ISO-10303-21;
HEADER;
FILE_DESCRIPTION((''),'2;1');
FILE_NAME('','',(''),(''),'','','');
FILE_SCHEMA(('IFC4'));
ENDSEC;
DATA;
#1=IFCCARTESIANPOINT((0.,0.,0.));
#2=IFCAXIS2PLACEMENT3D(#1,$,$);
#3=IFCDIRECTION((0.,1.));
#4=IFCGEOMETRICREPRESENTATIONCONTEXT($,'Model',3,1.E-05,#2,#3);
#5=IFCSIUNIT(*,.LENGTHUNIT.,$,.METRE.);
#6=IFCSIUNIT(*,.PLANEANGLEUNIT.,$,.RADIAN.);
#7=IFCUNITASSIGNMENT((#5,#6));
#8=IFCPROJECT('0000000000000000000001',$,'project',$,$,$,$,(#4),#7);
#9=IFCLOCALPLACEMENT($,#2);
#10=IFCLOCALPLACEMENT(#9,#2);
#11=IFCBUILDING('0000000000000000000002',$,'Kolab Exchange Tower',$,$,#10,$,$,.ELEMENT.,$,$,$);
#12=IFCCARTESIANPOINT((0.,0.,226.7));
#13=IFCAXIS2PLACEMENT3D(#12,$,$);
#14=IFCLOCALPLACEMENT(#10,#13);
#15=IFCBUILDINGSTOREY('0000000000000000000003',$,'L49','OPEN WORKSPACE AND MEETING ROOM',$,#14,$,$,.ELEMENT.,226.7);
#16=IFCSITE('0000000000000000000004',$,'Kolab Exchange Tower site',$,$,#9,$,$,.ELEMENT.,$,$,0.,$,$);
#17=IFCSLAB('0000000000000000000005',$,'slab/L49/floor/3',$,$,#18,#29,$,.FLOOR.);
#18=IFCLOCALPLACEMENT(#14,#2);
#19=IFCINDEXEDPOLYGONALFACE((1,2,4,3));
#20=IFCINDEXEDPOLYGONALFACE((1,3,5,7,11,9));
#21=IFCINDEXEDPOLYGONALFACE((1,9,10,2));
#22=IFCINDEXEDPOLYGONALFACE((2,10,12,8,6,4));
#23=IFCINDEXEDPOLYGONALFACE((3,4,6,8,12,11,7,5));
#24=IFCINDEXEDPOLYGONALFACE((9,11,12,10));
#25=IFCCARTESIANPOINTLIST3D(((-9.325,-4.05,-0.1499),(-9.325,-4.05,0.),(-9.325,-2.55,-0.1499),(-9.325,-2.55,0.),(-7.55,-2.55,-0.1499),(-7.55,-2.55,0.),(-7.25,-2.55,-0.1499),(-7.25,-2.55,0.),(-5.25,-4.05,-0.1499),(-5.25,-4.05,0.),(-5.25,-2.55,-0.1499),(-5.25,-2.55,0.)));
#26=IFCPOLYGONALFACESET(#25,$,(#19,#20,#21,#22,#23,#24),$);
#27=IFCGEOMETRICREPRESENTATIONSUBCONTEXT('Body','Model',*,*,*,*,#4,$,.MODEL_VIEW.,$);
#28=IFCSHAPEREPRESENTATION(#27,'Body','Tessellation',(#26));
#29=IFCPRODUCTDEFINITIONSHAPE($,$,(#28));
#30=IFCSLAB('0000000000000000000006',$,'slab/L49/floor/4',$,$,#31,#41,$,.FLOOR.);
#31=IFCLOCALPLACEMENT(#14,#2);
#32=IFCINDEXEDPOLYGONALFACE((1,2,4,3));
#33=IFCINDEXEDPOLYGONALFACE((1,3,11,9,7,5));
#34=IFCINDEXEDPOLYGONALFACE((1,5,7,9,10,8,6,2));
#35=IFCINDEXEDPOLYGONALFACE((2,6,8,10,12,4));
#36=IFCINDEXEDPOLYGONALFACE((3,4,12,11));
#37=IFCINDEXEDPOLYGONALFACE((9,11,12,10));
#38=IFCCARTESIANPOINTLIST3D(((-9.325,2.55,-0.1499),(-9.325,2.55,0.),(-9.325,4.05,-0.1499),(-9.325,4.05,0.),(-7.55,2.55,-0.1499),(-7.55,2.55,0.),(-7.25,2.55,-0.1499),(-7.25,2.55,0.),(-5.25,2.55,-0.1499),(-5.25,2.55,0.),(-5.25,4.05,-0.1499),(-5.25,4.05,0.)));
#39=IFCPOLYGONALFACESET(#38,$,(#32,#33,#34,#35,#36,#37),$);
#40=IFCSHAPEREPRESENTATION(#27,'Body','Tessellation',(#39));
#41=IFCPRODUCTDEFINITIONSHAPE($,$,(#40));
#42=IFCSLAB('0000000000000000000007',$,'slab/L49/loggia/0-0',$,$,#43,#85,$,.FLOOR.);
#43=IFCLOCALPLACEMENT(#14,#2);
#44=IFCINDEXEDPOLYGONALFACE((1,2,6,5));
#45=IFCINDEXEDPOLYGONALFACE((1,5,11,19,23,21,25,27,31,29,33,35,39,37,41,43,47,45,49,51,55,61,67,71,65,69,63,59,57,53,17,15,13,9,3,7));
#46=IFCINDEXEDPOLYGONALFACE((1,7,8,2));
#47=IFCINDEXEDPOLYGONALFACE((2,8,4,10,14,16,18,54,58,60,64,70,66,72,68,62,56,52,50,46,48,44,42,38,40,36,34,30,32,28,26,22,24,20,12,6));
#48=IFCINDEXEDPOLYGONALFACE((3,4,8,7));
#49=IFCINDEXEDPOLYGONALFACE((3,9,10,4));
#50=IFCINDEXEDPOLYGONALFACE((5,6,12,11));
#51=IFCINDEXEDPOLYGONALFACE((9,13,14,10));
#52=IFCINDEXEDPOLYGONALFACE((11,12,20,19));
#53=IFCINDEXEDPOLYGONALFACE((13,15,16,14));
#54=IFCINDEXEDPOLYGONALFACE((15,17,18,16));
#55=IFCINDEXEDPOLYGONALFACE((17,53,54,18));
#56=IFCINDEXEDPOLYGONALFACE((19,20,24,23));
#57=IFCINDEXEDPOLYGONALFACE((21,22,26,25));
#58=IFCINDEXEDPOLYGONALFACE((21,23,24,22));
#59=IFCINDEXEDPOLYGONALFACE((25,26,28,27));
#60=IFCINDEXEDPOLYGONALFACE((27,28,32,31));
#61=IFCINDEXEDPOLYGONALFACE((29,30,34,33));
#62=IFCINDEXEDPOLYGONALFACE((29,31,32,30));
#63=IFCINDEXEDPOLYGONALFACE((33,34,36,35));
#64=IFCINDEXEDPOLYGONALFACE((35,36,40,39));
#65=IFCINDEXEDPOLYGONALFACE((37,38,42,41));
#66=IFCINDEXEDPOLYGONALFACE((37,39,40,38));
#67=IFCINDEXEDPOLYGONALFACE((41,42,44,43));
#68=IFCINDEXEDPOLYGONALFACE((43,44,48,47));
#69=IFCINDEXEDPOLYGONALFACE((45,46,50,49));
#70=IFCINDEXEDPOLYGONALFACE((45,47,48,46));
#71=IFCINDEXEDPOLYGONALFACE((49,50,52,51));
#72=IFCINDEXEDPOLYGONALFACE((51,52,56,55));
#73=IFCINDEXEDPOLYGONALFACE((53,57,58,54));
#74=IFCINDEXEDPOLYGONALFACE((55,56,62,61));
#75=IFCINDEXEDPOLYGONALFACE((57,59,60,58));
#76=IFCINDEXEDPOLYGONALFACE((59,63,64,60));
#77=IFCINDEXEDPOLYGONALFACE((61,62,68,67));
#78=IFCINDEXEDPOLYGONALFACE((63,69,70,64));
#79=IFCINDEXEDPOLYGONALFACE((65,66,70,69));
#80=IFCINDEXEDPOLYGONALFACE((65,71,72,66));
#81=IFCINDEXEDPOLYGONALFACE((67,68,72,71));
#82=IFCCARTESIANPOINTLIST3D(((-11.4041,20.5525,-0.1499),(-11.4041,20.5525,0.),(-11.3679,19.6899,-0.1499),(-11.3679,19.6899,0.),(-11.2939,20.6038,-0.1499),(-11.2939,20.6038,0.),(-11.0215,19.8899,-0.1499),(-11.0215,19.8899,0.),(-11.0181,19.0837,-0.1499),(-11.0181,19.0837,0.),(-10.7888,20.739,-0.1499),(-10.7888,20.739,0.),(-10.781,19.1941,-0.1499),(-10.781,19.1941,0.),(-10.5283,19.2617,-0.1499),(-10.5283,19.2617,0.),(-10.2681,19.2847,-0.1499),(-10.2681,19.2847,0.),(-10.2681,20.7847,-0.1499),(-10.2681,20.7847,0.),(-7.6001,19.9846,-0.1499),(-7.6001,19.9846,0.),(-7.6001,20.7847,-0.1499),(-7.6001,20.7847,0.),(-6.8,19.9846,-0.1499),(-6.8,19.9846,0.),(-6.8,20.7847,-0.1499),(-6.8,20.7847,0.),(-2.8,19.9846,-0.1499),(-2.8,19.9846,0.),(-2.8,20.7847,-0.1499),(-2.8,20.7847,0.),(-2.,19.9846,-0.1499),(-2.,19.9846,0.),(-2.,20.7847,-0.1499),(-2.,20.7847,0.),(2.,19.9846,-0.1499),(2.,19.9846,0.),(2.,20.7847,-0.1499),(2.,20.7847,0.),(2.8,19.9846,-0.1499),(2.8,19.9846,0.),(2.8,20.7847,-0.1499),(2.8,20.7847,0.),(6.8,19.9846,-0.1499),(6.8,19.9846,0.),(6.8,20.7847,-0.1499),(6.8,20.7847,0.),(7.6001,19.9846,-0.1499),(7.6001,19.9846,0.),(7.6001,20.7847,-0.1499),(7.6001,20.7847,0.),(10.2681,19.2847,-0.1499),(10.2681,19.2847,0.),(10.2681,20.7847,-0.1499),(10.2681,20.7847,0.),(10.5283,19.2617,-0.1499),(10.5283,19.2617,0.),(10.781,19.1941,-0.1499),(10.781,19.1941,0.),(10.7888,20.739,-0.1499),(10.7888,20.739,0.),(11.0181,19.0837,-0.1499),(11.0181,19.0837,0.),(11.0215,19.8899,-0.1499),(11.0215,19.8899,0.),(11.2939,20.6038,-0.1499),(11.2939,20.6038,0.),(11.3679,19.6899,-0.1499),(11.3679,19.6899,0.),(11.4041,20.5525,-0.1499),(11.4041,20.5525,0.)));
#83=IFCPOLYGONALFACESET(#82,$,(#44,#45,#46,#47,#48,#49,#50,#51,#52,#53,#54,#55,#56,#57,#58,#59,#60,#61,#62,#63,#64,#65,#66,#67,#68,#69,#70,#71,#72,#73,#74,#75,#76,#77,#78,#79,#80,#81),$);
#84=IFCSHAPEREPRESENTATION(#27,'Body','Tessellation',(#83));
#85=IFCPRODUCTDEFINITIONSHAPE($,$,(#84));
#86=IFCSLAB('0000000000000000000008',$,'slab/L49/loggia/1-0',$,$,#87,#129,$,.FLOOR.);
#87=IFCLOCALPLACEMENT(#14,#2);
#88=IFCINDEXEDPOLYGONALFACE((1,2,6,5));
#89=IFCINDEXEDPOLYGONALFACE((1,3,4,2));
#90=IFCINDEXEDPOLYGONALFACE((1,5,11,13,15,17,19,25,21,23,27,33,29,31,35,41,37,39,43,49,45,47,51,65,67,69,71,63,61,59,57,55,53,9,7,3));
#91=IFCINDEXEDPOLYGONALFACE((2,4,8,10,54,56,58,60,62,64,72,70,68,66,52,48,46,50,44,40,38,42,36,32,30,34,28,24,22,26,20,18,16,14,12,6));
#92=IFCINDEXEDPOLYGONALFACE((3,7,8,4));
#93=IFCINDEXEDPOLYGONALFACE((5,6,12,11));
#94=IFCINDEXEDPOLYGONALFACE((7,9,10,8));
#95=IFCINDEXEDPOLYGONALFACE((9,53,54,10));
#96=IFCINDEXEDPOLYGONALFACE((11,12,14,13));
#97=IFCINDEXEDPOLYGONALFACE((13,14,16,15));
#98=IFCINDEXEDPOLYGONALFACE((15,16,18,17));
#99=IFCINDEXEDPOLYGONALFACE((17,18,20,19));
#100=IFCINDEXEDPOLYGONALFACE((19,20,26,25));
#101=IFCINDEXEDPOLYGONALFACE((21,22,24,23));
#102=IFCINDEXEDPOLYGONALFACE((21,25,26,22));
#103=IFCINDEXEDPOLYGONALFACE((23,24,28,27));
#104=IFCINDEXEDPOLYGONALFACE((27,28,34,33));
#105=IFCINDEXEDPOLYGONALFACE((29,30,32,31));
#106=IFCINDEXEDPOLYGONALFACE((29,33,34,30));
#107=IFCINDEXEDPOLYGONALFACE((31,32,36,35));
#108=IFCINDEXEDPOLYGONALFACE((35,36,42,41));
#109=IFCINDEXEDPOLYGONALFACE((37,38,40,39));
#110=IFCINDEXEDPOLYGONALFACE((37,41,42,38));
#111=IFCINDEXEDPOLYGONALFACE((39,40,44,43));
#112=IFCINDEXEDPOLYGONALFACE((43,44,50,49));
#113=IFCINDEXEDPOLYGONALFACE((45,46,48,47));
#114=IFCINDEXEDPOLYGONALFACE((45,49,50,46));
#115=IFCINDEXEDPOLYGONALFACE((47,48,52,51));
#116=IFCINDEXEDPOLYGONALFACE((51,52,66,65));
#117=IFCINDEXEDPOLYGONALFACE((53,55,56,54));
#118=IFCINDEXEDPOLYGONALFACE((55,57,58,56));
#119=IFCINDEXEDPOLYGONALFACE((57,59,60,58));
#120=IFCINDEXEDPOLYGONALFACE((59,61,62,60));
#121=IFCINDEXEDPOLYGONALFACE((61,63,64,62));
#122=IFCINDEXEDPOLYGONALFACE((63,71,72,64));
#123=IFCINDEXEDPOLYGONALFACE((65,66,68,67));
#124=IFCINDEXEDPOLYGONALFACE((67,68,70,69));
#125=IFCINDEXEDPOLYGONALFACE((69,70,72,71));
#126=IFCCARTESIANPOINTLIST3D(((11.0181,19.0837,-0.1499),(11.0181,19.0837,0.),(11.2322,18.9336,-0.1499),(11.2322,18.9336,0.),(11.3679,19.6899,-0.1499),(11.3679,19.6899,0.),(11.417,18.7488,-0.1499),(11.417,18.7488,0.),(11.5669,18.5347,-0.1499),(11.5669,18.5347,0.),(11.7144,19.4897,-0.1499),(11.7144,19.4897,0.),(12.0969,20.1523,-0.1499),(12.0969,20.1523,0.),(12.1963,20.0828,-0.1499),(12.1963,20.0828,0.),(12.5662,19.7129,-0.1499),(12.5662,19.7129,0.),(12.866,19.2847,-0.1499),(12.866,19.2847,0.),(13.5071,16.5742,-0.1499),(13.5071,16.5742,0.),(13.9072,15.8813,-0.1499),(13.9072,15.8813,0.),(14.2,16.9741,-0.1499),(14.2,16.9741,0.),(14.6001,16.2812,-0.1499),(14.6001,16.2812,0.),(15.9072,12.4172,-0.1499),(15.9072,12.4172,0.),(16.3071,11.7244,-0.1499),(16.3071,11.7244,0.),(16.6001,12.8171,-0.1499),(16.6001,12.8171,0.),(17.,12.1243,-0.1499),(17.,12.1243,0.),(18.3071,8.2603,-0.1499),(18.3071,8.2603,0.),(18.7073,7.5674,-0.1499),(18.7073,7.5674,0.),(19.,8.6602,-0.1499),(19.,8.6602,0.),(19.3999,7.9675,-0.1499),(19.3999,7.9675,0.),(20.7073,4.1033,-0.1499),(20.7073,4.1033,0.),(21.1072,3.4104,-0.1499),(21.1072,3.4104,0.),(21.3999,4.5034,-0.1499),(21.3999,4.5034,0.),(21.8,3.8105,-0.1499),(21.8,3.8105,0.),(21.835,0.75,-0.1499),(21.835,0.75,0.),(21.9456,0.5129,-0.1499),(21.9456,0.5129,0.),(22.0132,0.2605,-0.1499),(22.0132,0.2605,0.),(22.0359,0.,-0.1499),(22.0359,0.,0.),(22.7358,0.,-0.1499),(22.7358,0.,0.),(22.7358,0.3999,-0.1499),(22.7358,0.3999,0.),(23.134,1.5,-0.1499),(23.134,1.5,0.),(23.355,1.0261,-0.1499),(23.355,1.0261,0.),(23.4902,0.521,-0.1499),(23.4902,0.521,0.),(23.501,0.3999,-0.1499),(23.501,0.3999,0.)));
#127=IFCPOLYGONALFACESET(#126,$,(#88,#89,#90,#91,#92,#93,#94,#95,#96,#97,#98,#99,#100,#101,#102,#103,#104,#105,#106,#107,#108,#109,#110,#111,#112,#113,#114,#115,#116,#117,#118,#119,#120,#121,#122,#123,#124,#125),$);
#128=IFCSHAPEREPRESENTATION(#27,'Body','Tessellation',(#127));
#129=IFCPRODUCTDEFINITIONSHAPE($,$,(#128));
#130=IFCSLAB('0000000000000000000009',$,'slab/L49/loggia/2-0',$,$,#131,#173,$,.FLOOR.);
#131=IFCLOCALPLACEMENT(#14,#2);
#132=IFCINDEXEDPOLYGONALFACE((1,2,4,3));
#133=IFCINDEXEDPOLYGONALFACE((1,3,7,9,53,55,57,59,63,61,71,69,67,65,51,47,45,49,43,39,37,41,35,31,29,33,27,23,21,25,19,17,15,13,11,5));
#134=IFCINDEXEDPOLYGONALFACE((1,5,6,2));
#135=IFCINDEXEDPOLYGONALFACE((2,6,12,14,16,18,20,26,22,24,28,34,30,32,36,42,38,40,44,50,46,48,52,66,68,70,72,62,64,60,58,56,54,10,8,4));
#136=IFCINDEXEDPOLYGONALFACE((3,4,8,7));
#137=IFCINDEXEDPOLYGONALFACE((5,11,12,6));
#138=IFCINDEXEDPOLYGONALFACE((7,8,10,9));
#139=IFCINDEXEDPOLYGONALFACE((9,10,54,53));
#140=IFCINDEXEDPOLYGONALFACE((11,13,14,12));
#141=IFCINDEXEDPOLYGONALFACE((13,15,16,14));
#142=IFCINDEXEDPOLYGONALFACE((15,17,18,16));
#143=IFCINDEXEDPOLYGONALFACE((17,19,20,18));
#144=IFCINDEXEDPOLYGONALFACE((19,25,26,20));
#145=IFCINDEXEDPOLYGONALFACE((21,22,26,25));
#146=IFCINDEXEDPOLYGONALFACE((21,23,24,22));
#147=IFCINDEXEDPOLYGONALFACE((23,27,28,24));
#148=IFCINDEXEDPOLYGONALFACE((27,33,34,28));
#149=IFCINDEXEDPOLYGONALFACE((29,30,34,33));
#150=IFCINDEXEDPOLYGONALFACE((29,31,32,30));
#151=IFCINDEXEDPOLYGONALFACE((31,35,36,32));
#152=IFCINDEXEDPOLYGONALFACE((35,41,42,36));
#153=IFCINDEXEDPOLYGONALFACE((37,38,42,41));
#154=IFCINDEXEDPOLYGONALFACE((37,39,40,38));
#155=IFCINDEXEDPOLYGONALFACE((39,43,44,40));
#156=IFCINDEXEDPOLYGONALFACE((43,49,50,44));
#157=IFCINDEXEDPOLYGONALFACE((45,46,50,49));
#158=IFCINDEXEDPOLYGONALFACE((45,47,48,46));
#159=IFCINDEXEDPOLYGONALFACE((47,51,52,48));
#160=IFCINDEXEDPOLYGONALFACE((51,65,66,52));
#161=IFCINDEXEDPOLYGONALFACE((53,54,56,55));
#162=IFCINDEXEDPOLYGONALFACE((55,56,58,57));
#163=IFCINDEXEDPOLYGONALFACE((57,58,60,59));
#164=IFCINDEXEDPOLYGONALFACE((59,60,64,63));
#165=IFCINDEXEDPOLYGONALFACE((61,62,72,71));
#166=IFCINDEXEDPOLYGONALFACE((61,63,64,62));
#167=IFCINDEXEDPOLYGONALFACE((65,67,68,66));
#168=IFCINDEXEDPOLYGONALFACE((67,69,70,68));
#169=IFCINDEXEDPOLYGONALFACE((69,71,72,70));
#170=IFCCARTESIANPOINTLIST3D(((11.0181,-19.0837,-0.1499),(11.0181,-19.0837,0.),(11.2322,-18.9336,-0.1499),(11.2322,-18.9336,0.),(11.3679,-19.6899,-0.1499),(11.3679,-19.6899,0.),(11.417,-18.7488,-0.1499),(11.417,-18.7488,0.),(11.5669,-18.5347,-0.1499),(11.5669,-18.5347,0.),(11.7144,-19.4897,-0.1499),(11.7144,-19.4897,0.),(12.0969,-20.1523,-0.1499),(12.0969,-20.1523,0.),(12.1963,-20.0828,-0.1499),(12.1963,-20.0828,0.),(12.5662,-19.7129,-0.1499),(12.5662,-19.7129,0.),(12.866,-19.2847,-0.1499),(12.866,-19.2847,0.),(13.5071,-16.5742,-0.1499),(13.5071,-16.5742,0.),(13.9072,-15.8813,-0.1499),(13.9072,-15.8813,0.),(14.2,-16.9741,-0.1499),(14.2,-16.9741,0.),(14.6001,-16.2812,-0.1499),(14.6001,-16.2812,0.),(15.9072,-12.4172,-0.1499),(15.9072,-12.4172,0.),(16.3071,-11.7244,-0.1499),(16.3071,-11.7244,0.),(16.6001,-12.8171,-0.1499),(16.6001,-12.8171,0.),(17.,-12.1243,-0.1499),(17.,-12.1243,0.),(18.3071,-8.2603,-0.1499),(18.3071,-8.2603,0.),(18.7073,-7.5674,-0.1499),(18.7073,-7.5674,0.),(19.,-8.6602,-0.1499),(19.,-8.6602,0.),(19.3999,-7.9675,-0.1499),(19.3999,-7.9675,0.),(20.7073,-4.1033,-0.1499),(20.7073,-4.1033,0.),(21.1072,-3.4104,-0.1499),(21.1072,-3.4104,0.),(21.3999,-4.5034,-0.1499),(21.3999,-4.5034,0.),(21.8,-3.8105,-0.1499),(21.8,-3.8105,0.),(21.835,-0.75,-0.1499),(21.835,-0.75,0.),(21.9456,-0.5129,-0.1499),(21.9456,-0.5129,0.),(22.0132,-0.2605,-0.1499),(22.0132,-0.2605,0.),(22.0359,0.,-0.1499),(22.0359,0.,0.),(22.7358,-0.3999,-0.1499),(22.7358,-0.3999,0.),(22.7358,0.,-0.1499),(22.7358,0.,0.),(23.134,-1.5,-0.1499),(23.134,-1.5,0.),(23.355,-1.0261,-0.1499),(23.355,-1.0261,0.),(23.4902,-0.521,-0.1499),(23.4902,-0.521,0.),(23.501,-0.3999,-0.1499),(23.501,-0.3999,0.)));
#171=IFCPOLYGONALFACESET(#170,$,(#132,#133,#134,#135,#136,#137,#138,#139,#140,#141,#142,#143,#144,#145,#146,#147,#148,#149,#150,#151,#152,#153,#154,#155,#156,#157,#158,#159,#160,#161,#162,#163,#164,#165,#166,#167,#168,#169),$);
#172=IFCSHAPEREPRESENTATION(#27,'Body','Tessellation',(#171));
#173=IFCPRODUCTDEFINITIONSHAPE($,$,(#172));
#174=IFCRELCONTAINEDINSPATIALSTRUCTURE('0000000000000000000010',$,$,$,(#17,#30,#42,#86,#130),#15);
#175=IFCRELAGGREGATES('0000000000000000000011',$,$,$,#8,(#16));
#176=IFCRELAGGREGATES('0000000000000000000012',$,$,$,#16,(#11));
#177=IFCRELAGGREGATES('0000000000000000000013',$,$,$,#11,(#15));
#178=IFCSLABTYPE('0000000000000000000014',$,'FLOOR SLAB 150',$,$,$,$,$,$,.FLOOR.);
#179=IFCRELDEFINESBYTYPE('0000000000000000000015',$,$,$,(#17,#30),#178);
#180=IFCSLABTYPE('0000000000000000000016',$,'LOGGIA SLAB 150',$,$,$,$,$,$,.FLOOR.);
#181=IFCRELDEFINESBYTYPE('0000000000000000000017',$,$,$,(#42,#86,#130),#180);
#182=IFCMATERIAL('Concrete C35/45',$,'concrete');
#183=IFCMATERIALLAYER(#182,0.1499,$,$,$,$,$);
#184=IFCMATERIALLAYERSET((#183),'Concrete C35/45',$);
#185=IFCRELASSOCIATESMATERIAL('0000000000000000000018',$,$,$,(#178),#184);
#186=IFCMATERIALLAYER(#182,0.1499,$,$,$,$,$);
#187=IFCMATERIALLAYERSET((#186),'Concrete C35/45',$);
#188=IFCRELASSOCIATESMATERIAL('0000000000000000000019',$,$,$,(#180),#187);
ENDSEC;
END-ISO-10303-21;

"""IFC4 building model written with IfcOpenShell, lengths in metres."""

from ifc_helpers import new_model, si_unit, direction, frame, origin, place, context, subcontext, project, spatial, polyline, outline, extrude, material, layer, layer_set, type_object, element, save


model = new_model("IFC4")

# Units and contexts
model_context = context("Model", 3, precision=1e-05, world=origin(), true_north=direction((0.0, 1.0)))
body_context = subcontext(model_context, "Body", "Model", "MODEL_VIEW")
ifc_project = project(units=[si_unit("LENGTHUNIT", "METRE"), si_unit("PLANEANGLEUNIT", "RADIAN")], contexts=[model_context])

# Site, building, storey
site_placement = place(None, origin())
site = spatial("IfcSite", under=ifc_project, at=site_placement, Name="Kolab Exchange Tower site", CompositionType="ELEMENT", RefElevation=0.0)
building_placement = place(site_placement, origin())
building = spatial("IfcBuilding", under=site, at=building_placement, Name="Kolab Exchange Tower", CompositionType="ELEMENT")
storey_placement = place(building_placement, frame((0.0, 0.0, 226.7)))
storey = spatial("IfcBuildingStorey", under=building, at=storey_placement, Name="L49", Description="OPEN WORKSPACE AND MEETING ROOM", CompositionType="ELEMENT", Elevation=226.7)

# Slabs
ifc_material_1 = material(Name="Concrete C35/45", Category="concrete")
ifc_layer_1 = layer(ifc_material_1, 0.1499)
ifc_layer_set_1 = layer_set([ifc_layer_1], Name="Concrete C35/45")
slab_type_1 = type_object("IfcSlabType", Name="FLOOR SLAB 150", PredefinedType="FLOOR", material=ifc_layer_set_1)
slab_1_placement = place(storey_placement, frame((0.0, 0.0, -0.1499)))
element("IfcSlab", 1, at=slab_1_placement, inside=storey, type_object=slab_type_1, Name="slab/L49/floor/3", PredefinedType="FLOOR", context=body_context, shape_type="SweptSolid", body=[
    extrude(outline(polyline([(-7.55, -2.55), (-9.325, -2.55), (-9.325, -4.05), (-5.25, -4.05), (-5.25, -2.55), (-7.25, -2.55), (-7.55, -2.55)])), origin(), (0.0, 0.0, 1.0), 0.1499),
])
slab_2_placement = place(storey_placement, frame((0.0, 0.0, -0.1499)))
element("IfcSlab", 2, at=slab_2_placement, inside=storey, type_object=slab_type_1, Name="slab/L49/floor/4", PredefinedType="FLOOR", context=body_context, shape_type="SweptSolid", body=[
    extrude(outline(polyline([(-9.325, 4.05), (-9.325, 2.55), (-7.55, 2.55), (-7.25, 2.55), (-5.25, 2.55), (-5.25, 4.05), (-9.325, 4.05)])), origin(), (0.0, 0.0, 1.0), 0.1499),
])
ifc_layer_2 = layer(ifc_material_1, 0.1499)
ifc_layer_set_2 = layer_set([ifc_layer_2], Name="Concrete C35/45")
slab_type_2 = type_object("IfcSlabType", Name="LOGGIA SLAB 150", PredefinedType="FLOOR", material=ifc_layer_set_2)
slab_3_placement = place(storey_placement, frame((0.0, 0.0, -0.1499)))
element("IfcSlab", 3, at=slab_3_placement, inside=storey, type_object=slab_type_2, Name="slab/L49/loggia/0-0", PredefinedType="FLOOR", context=body_context, shape_type="SweptSolid", body=[
    extrude(outline(polyline([(11.0181, 19.0837), (11.3679, 19.6899), (11.0215, 19.8899), (11.4041, 20.5525), (11.2939, 20.6038), (10.7888, 20.739), (10.2681, 20.7847), (7.6001, 20.7847), (7.6001, 19.9846), (6.8, 19.9846), (6.8, 20.7847), (2.8, 20.7847), (2.8, 19.9846), (2.0, 19.9846), (2.0, 20.7847), (-2.0, 20.7847), (-2.0, 19.9846), (-2.8, 19.9846), (-2.8, 20.7847), (-6.8, 20.7847), (-6.8, 19.9846), (-7.6001, 19.9846), (-7.6001, 20.7847), (-10.2681, 20.7847), (-10.7888, 20.739), (-11.2939, 20.6038), (-11.4041, 20.5525), (-11.0215, 19.8899), (-11.3679, 19.6899), (-11.0181, 19.0837), (-10.781, 19.1941), (-10.5283, 19.2617), (-10.2681, 19.2847), (10.2681, 19.2847), (10.5283, 19.2617), (10.781, 19.1941), (11.0181, 19.0837)])), origin(), (0.0, 0.0, 1.0), 0.1499),
])
slab_4_placement = place(storey_placement, frame((0.0, 0.0, -0.1499)))
element("IfcSlab", 4, at=slab_4_placement, inside=storey, type_object=slab_type_2, Name="slab/L49/loggia/1-0", PredefinedType="FLOOR", context=body_context, shape_type="SweptSolid", body=[
    extrude(outline(polyline([(22.0359, 0.0), (22.7358, 0.0), (22.7358, 0.3999), (23.501, 0.3999), (23.4902, 0.521), (23.355, 1.0261), (23.134, 1.5), (21.8, 3.8105), (21.1072, 3.4104), (20.7073, 4.1033), (21.3999, 4.5034), (19.3999, 7.9675), (18.7073, 7.5674), (18.3071, 8.2603), (19.0, 8.6602), (17.0, 12.1243), (16.3071, 11.7244), (15.9072, 12.4172), (16.6001, 12.8171), (14.6001, 16.2812), (13.9072, 15.8813), (13.5071, 16.5742), (14.2, 16.9741), (12.866, 19.2847), (12.5662, 19.7129), (12.1963, 20.0828), (12.0969, 20.1523), (11.7144, 19.4897), (11.3679, 19.6899), (11.0181, 19.0837), (11.2322, 18.9336), (11.417, 18.7488), (11.5669, 18.5347), (21.835, 0.75), (21.9456, 0.5129), (22.0132, 0.2605), (22.0359, 0.0)])), origin(), (0.0, 0.0, 1.0), 0.1499),
])
slab_5_placement = place(storey_placement, frame((0.0, 0.0, -0.1499)))
element("IfcSlab", 5, at=slab_5_placement, inside=storey, type_object=slab_type_2, Name="slab/L49/loggia/2-0", PredefinedType="FLOOR", context=body_context, shape_type="SweptSolid", body=[
    extrude(outline(polyline([(12.866, -19.2847), (14.2, -16.9741), (13.5071, -16.5742), (13.9072, -15.8813), (14.6001, -16.2812), (16.6001, -12.8171), (15.9072, -12.4172), (16.3071, -11.7244), (17.0, -12.1243), (19.0, -8.6602), (18.3071, -8.2603), (18.7073, -7.5674), (19.3999, -7.9675), (21.3999, -4.5034), (20.7073, -4.1033), (21.1072, -3.4104), (21.8, -3.8105), (23.134, -1.5), (23.355, -1.0261), (23.4902, -0.521), (23.501, -0.3999), (22.7358, -0.3999), (22.7358, 0.0), (22.0359, 0.0), (22.0132, -0.2605), (21.9456, -0.5129), (21.835, -0.75), (11.5669, -18.5347), (11.417, -18.7488), (11.2322, -18.9336), (11.0181, -19.0837), (11.3679, -19.6899), (11.7144, -19.4897), (12.0969, -20.1523), (12.1963, -20.0828), (12.5662, -19.7129), (12.866, -19.2847)])), origin(), (0.0, 0.0, 1.0), 0.1499),
])

save(model, "model.ifc")
